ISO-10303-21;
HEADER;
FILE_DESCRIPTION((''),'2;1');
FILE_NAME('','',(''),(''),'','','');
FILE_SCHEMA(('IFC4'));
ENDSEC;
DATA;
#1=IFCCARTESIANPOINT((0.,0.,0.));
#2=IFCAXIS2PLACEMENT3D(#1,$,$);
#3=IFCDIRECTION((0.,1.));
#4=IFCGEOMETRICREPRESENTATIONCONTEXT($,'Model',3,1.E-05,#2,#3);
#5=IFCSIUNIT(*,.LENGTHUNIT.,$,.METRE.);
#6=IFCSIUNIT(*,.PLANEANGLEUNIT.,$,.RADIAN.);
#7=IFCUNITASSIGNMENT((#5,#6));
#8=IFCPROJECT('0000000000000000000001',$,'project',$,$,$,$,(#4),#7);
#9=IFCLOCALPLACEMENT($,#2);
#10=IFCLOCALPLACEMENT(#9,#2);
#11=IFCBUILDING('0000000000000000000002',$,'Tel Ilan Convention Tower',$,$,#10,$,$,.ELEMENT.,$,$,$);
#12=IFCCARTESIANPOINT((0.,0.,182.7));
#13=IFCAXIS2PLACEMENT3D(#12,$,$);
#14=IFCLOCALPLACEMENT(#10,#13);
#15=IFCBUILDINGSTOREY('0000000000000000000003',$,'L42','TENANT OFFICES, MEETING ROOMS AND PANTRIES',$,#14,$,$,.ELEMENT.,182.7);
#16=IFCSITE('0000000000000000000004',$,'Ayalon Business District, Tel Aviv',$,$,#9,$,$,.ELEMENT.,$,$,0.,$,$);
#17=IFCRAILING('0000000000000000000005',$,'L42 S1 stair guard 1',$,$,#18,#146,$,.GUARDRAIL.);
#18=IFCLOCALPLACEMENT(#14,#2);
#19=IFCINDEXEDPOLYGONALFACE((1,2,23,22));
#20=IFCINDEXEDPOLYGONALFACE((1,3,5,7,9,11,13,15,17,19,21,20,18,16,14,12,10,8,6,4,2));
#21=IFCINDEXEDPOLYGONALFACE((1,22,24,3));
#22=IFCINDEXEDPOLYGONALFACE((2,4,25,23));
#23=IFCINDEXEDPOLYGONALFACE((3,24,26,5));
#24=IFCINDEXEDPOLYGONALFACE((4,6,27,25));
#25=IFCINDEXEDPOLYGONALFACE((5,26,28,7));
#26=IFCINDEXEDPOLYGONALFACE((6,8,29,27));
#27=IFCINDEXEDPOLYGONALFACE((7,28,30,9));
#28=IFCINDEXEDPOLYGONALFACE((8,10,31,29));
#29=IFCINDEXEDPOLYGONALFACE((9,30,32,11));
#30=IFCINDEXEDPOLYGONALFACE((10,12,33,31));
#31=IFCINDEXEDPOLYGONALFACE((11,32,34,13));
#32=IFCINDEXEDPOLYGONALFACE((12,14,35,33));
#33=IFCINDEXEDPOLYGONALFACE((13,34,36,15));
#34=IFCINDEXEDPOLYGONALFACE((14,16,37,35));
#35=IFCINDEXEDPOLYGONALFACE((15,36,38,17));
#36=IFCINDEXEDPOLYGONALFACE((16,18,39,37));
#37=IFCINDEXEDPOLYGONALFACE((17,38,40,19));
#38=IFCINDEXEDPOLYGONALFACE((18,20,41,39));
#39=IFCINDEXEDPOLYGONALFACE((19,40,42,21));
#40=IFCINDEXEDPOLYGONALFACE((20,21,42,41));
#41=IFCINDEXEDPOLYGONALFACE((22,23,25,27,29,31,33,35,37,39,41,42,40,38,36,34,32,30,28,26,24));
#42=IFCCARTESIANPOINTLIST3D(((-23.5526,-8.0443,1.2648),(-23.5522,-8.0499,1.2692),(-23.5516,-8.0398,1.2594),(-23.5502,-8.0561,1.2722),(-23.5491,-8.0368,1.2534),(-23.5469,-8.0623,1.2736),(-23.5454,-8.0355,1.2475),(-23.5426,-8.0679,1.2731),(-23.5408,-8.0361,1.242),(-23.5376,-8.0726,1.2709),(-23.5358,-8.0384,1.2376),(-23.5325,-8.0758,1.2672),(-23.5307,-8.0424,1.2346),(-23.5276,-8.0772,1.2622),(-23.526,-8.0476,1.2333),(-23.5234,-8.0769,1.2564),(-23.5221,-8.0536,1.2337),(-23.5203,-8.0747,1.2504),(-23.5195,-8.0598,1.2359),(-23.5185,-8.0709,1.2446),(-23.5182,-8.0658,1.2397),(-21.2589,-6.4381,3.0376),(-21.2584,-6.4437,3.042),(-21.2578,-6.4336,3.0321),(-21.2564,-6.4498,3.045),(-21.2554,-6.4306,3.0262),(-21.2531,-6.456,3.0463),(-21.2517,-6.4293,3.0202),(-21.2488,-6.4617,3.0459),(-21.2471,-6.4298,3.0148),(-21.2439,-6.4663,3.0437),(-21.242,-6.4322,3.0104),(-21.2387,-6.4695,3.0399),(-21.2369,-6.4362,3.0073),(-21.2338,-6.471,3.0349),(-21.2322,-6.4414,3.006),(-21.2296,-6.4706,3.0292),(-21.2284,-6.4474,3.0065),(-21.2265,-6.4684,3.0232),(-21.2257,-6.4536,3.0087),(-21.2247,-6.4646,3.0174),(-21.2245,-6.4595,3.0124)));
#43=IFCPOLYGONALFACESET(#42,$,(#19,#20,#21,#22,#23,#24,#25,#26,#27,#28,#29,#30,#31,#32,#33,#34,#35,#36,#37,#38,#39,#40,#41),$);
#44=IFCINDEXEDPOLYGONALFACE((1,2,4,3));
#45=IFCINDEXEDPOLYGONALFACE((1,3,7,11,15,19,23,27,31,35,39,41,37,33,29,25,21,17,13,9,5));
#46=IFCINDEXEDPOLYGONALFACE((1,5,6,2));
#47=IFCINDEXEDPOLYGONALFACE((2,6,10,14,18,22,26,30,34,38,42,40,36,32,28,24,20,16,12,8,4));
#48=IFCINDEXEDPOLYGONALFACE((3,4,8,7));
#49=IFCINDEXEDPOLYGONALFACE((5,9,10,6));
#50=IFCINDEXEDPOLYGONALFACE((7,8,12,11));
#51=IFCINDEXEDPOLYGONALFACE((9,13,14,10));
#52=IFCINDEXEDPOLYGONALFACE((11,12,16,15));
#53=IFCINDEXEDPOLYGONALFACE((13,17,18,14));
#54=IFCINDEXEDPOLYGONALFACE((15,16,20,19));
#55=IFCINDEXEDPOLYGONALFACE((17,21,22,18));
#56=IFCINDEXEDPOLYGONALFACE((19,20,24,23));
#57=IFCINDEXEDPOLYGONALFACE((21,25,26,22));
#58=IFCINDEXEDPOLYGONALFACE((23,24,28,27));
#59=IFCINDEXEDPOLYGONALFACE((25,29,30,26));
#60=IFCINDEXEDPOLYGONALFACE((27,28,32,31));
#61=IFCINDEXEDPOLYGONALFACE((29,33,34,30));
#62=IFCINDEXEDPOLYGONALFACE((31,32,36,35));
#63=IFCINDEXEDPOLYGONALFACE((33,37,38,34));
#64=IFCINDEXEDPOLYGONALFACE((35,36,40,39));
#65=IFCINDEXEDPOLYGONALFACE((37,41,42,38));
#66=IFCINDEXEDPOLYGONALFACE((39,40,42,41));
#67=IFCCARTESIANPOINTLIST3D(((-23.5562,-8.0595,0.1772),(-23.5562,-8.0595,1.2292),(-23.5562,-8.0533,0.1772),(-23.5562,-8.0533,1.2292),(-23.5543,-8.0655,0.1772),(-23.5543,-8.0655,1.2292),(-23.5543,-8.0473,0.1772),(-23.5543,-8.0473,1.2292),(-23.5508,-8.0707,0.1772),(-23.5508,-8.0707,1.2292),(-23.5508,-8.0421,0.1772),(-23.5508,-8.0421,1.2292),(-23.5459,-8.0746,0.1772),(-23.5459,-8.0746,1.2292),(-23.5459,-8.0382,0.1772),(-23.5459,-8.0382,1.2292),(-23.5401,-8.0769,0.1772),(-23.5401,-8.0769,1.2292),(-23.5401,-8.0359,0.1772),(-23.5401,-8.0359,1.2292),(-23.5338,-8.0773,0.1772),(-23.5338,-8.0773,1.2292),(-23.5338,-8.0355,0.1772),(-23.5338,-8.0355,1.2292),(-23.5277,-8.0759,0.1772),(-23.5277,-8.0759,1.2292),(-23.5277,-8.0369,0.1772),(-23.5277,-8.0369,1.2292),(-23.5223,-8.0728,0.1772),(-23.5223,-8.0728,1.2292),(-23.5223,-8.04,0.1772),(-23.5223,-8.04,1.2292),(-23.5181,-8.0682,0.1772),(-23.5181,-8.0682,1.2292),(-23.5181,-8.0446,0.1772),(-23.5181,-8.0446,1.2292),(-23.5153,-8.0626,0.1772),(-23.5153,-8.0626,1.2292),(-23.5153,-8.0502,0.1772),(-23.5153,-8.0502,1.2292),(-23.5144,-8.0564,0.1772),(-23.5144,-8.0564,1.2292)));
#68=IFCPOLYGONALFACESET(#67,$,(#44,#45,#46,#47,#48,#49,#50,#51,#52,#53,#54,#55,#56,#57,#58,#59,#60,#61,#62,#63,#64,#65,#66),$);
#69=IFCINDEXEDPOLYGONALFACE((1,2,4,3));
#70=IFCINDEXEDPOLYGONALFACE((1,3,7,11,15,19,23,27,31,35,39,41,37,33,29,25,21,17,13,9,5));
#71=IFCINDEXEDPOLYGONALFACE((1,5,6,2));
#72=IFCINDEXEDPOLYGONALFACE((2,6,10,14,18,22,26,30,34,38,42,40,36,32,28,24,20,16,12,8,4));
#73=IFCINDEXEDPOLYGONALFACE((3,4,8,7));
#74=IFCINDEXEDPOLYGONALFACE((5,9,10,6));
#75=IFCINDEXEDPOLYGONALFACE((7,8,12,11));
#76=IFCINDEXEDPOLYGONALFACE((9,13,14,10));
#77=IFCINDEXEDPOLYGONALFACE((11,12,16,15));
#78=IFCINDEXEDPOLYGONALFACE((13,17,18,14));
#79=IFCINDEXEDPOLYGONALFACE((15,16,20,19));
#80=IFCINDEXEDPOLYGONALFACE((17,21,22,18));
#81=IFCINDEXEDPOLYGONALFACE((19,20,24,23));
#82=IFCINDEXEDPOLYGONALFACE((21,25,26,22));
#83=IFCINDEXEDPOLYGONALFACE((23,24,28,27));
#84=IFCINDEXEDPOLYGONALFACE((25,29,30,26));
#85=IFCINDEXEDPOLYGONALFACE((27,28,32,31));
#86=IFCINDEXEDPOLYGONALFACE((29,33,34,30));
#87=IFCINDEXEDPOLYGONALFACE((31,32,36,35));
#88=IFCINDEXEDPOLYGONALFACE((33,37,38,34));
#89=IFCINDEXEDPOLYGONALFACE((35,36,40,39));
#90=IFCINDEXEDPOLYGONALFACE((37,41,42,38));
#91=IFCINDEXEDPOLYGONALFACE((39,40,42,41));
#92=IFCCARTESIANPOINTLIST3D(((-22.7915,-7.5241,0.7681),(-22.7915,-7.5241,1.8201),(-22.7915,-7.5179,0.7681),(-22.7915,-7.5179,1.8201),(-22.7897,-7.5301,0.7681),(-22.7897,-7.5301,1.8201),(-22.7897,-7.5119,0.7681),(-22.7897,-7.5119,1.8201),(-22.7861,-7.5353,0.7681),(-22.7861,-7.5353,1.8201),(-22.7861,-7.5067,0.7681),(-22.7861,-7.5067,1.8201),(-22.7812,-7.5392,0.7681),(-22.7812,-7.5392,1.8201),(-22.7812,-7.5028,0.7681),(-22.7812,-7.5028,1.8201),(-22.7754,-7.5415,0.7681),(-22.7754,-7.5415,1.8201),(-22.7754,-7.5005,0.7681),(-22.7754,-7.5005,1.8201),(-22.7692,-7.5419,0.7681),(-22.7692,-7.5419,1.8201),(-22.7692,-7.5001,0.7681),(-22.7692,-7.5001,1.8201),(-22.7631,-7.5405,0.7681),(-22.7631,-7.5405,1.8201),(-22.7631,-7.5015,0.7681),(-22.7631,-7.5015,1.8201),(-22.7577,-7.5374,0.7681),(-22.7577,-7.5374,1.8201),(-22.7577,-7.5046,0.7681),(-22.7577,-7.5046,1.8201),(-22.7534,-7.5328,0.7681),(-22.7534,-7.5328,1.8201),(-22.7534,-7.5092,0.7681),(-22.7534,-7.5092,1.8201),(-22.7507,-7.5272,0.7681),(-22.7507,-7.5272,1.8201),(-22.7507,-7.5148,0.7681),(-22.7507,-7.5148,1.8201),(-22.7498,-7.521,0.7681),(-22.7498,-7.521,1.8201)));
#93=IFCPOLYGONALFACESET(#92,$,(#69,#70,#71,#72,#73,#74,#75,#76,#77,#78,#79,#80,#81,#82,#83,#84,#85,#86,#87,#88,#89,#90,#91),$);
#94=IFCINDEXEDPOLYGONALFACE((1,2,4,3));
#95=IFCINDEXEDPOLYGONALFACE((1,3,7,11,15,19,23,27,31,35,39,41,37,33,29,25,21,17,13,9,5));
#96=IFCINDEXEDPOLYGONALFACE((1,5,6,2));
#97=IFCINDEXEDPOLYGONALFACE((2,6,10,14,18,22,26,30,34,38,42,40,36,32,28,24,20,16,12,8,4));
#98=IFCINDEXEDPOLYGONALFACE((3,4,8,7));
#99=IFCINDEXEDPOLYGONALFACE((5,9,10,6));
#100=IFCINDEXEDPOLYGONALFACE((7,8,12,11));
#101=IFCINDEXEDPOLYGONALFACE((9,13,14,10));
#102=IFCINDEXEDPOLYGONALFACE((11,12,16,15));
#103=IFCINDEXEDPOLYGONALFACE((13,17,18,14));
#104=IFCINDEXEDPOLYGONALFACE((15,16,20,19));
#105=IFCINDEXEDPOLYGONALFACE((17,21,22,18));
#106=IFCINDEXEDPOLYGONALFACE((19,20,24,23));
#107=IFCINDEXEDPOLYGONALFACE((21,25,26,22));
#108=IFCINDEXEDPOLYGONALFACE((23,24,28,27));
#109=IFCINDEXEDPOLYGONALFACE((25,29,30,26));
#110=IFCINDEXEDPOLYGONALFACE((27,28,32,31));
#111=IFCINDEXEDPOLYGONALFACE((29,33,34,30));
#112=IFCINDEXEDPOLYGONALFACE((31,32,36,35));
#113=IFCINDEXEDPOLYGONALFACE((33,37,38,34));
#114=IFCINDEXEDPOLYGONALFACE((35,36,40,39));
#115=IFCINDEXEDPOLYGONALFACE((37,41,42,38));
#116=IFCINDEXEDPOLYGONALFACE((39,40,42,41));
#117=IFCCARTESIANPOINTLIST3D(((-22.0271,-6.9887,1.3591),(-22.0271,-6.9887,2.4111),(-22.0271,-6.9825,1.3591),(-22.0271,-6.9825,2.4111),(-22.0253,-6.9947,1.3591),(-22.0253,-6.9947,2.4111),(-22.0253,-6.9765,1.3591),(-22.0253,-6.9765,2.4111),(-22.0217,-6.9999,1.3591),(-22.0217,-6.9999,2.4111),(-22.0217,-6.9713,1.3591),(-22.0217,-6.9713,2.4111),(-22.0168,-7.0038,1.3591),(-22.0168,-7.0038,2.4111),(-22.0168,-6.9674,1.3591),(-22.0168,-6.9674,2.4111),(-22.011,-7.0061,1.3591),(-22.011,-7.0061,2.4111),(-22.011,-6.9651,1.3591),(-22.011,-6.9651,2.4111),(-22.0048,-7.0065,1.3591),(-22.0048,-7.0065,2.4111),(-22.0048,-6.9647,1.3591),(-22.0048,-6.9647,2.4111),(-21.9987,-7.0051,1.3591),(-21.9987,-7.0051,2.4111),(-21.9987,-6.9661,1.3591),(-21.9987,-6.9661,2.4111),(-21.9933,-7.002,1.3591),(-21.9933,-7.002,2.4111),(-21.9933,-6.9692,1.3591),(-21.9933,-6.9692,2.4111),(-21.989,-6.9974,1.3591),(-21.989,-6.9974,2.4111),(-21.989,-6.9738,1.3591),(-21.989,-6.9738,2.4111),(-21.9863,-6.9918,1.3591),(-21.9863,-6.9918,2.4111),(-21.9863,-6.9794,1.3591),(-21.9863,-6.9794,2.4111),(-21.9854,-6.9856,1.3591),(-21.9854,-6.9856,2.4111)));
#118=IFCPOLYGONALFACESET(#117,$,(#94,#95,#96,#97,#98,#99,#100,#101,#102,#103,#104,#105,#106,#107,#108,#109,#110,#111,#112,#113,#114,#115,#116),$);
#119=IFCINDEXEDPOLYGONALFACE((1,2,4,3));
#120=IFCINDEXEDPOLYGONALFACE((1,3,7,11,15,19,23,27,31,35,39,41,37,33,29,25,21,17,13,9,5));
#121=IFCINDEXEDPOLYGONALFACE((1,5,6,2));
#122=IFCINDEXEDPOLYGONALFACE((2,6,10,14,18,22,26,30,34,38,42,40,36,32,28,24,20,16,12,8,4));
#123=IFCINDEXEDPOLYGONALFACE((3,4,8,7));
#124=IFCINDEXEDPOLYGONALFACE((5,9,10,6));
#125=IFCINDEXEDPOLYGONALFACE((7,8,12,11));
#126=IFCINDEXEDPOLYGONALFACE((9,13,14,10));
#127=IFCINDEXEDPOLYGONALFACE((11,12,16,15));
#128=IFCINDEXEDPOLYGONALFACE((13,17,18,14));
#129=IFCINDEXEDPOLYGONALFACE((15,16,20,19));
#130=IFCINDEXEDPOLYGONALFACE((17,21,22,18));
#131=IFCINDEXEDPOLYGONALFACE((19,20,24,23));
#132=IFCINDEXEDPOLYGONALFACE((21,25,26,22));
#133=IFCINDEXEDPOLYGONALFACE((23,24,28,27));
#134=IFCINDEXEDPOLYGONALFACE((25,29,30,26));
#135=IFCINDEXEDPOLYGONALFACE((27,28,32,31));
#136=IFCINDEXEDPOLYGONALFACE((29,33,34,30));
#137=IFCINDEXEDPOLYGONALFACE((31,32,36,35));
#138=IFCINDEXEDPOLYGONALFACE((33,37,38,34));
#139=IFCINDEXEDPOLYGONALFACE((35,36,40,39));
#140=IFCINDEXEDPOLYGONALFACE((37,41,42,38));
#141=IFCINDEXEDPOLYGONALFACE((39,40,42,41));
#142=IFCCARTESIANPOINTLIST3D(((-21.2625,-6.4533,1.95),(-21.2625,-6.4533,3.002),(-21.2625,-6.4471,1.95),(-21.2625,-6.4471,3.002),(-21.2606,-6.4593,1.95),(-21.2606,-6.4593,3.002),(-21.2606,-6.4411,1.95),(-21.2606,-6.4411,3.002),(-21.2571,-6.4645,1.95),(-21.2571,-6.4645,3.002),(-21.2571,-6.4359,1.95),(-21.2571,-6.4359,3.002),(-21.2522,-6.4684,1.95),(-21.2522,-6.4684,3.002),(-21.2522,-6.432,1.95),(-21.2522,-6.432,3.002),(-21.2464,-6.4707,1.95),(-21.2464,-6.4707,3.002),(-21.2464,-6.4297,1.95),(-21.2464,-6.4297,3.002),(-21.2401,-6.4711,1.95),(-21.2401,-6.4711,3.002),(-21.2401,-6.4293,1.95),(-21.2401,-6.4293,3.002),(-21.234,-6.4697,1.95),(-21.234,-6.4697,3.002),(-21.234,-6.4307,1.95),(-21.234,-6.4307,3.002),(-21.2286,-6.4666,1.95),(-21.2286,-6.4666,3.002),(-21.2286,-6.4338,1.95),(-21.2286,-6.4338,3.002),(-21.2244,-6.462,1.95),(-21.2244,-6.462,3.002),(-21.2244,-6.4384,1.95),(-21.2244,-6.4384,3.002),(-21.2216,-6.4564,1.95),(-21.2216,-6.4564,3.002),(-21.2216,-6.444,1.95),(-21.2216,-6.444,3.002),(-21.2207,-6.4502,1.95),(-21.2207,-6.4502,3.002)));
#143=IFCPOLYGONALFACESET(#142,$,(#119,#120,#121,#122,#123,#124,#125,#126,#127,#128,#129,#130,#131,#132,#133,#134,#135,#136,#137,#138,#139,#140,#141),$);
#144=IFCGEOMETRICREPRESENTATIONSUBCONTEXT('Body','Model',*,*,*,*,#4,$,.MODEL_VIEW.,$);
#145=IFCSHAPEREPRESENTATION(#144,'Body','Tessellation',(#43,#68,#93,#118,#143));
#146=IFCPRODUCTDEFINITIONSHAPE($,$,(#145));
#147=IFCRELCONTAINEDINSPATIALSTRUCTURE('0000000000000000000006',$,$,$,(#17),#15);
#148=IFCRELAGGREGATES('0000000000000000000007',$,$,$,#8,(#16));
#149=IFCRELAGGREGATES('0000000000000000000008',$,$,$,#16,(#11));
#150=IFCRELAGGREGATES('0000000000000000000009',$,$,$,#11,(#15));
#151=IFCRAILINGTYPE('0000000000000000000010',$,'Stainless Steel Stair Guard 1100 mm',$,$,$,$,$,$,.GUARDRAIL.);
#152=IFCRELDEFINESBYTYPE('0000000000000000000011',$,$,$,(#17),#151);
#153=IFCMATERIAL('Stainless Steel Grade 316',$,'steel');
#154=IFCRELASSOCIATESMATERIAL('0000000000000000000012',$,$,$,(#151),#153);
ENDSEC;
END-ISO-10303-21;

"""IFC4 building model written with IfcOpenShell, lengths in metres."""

from ifc_helpers import new_model, si_unit, direction, frame, origin, origin_2d, place, context, subcontext, project, spatial, circle, extrude, material, type_object, element, save


model = new_model("IFC4")

# Units and contexts
model_context = context("Model", 3, precision=1e-05, world=origin(), true_north=direction((0.0, 1.0)))
body_context = subcontext(model_context, "Body", "Model", "MODEL_VIEW")
ifc_project = project(units=[si_unit("LENGTHUNIT", "METRE"), si_unit("PLANEANGLEUNIT", "RADIAN")], contexts=[model_context])

# Site, building, storey
site_placement = place(None, origin())
site = spatial("IfcSite", under=ifc_project, at=site_placement, Name="Ayalon Business District, Tel Aviv", CompositionType="ELEMENT", RefElevation=0.0)
building_placement = place(site_placement, origin())
building = spatial("IfcBuilding", under=site, at=building_placement, Name="Tel Ilan Convention Tower", CompositionType="ELEMENT")
storey_placement = place(building_placement, frame((0.0, 0.0, 182.7)))
storey = spatial("IfcBuildingStorey", under=building, at=storey_placement, Name="L42", Description="TENANT OFFICES, MEETING ROOMS AND PANTRIES", CompositionType="ELEMENT", Elevation=182.7)

# Railing
ifc_material_1 = material(Name="Stainless Steel Grade 316", Category="steel")
railing_type_1 = type_object("IfcRailingType", Name="Stainless Steel Stair Guard 1100 mm", PredefinedType="GUARDRAIL", material=ifc_material_1)
railing_1_placement = place(storey_placement, frame((-23.5354, -8.0564, 0.1772)))
element("IfcRailing", 1, at=railing_1_placement, inside=storey, type_object=railing_type_1, Name="L42 S1 stair guard 1", PredefinedType="GUARDRAIL", context=body_context, shape_type="SweptSolid", body=[
    extrude(circle(Radius=0.0239, at=origin_2d()), frame((0.0, 0.0, 1.0762), z_axis=(0.692098, 0.484653, 0.534894), x_axis=(-0.573609, 0.81913, 0.0)), (0.0, 0.0, 1.0), 3.3142),
    extrude(circle(Radius=0.021, at=origin_2d()), origin(), (0.0, 0.0, 1.0), 1.052),
    extrude(circle(Radius=0.021, at=origin_2d()), frame((0.7646, 0.5354, 0.5908)), (0.0, 0.0, 1.0), 1.052),
    extrude(circle(Radius=0.021, at=origin_2d()), frame((1.5291, 1.0708, 1.1819)), (0.0, 0.0, 1.0), 1.052),
    extrude(circle(Radius=0.021, at=origin_2d()), frame((2.2937, 1.6062, 1.7727)), (0.0, 0.0, 1.0), 1.052),
])

save(model, "model.ifc")
